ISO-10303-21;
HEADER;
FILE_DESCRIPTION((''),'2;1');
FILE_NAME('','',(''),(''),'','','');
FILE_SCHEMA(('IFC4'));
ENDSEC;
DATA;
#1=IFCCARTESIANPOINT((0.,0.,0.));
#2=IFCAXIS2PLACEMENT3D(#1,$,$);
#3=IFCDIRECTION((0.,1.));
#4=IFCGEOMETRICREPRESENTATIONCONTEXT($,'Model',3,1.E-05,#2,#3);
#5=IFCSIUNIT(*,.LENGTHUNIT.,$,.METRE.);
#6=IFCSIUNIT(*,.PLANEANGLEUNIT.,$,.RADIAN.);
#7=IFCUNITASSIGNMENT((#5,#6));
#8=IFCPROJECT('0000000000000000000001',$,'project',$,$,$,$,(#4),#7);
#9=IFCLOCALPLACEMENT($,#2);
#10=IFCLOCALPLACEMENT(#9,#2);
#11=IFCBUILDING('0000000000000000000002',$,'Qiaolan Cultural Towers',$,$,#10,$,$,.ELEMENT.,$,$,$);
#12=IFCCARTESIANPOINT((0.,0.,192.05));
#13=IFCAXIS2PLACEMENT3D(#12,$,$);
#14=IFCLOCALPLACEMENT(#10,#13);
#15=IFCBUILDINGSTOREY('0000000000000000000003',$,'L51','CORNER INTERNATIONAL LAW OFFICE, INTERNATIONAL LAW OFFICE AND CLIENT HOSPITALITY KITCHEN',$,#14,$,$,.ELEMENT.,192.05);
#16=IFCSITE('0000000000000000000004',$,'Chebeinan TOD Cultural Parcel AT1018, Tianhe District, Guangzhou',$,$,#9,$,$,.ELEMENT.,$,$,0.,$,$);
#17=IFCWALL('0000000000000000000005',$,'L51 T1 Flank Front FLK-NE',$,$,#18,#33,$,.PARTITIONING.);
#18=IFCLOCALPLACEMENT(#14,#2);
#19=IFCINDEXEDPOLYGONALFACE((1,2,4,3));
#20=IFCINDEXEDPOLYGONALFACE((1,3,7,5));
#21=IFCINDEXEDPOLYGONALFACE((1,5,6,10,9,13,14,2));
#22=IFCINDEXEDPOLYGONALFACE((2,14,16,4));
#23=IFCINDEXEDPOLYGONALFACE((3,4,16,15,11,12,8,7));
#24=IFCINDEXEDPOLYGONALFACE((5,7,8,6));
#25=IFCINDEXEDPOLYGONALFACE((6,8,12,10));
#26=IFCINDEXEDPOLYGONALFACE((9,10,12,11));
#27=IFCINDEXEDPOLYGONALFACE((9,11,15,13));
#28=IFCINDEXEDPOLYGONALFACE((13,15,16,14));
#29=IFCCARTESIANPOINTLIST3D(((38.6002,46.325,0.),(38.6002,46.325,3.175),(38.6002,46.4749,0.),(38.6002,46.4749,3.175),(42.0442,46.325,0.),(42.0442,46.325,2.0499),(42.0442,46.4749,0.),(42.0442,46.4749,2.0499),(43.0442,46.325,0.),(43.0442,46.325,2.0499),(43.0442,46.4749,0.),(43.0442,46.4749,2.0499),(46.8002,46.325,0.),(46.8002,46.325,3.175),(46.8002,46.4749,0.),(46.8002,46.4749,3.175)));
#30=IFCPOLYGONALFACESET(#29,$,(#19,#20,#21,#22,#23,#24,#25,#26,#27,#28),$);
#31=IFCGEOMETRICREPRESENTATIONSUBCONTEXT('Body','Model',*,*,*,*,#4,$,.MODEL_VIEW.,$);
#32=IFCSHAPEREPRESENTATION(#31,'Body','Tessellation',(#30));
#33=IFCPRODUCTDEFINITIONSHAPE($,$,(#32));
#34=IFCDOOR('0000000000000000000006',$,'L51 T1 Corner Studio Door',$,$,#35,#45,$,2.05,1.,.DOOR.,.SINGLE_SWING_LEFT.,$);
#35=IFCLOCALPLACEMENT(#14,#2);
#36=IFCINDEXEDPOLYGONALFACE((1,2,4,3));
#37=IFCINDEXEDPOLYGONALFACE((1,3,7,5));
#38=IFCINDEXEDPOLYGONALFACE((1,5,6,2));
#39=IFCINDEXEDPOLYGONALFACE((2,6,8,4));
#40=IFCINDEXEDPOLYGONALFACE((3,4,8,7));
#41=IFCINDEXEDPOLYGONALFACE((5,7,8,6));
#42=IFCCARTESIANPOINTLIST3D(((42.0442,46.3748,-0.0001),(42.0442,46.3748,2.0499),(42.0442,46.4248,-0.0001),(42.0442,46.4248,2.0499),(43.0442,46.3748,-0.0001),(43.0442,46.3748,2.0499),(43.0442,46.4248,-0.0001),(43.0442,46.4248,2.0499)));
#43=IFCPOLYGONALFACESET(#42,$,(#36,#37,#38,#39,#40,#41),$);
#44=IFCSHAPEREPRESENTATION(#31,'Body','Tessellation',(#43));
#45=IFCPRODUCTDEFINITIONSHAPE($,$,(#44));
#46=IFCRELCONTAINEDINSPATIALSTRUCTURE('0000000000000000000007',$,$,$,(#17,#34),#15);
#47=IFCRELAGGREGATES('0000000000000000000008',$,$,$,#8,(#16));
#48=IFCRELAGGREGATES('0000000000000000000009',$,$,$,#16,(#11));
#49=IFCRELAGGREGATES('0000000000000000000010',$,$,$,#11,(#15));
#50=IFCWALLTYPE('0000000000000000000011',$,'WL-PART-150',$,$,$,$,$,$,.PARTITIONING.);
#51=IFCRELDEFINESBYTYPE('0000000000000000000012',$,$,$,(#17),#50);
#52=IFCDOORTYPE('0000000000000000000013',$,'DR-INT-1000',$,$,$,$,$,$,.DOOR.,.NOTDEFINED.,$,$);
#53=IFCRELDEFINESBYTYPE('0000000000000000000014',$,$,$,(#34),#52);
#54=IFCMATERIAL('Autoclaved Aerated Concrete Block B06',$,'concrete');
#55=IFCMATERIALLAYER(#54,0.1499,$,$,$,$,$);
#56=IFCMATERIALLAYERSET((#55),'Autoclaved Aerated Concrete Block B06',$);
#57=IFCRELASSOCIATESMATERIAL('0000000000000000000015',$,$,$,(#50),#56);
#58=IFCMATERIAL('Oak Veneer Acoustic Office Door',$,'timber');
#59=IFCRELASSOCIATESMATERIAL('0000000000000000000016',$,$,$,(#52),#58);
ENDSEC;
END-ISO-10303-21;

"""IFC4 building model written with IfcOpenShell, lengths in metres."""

from ifc_helpers import new_model, si_unit, direction, frame, frame_2d, origin, place, context, subcontext, project, spatial, rectangle, extrude, material, layer, layer_set, type_object, element, fill, save


model = new_model("IFC4")

# Units and contexts
model_context = context("Model", 3, precision=1e-05, world=origin(), true_north=direction((0.0, 1.0)))
body_context = subcontext(model_context, "Body", "Model", "MODEL_VIEW")
ifc_project = project(units=[si_unit("LENGTHUNIT", "METRE"), si_unit("PLANEANGLEUNIT", "RADIAN")], contexts=[model_context])

# Site, building, storey
site_placement = place(None, origin())
site = spatial("IfcSite", under=ifc_project, at=site_placement, Name="Chebeinan TOD Cultural Parcel AT1018, Tianhe District, Guangzhou", CompositionType="ELEMENT", RefElevation=0.0)
building_placement = place(site_placement, origin())
building = spatial("IfcBuilding", under=site, at=building_placement, Name="Qiaolan Cultural Towers", CompositionType="ELEMENT")
storey_placement = place(building_placement, frame((0.0, 0.0, 192.05)))
storey = spatial("IfcBuildingStorey", under=building, at=storey_placement, Name="L51", Description="CORNER INTERNATIONAL LAW OFFICE, INTERNATIONAL LAW OFFICE AND CLIENT HOSPITALITY KITCHEN", CompositionType="ELEMENT", Elevation=192.05)

# Wall, opening, door
ifc_material_1 = material(Name="Autoclaved Aerated Concrete Block B06", Category="concrete")
ifc_layer_1 = layer(ifc_material_1, 0.1499)
ifc_layer_set_1 = layer_set([ifc_layer_1], Name="Autoclaved Aerated Concrete Block B06")
wall_type_1 = type_object("IfcWallType", Name="WL-PART-150", PredefinedType="PARTITIONING", material=ifc_layer_set_1)
wall_1_placement = place(storey_placement, frame((38.6001, 46.3999, 0.0), z_axis=(0.0, 0.0, 1.0), x_axis=(1.0, 0.0, 0.0)))
wall_1 = element("IfcWall", 1, at=wall_1_placement, inside=storey, type_object=wall_type_1, Name="L51 T1 Flank Front FLK-NE", PredefinedType="PARTITIONING", context=body_context, shape_type="SweptSolid", body=[
    extrude(rectangle(XDim=8.2, YDim=0.1499, at=frame_2d((4.1001, 0.0))), origin(), (0.0, 0.0, 1.0), 3.175),
])
opening_1_placement = place(wall_1_placement, frame((3.4441, 0.0, 0.0)))
opening_1 = element("IfcOpeningElement", 2, at=opening_1_placement, cuts=wall_1, PredefinedType="OPENING", context=body_context, shape_type="SweptSolid", body=[
    extrude(rectangle(XDim=1.0, YDim=2.05, at=frame_2d((0.5, 1.0249))), frame((0.0, 0.085, 0.0), z_axis=(0.0, -1.0, 0.0), x_axis=(1.0, 0.0, 0.0)), (0.0, 0.0, 1.0), 0.1699),
])
ifc_material_2 = material(Name="Oak Veneer Acoustic Office Door", Category="timber")
door_type_1 = type_object("IfcDoorType", Name="DR-INT-1000", OperationType="NOTDEFINED", PredefinedType="DOOR", material=ifc_material_2)
door_1_placement = place(opening_1_placement, origin())
door_1 = element("IfcDoor", 3, at=door_1_placement, inside=storey, type_object=door_type_1, Name="L51 T1 Corner Studio Door", OperationType="SINGLE_SWING_LEFT", OverallHeight=2.05, OverallWidth=1.0, PredefinedType="DOOR", context=body_context, shape_type="SweptSolid", body=[
    extrude(rectangle(XDim=1.0, YDim=2.05, at=frame_2d((0.5, 1.0249))), frame((0.0, 0.0249, 0.0), z_axis=(0.0, -1.0, 0.0), x_axis=(1.0, 0.0, 0.0)), (0.0, 0.0, 1.0), 0.05),
])
fill(opening_1, door_1)

save(model, "model.ifc")
